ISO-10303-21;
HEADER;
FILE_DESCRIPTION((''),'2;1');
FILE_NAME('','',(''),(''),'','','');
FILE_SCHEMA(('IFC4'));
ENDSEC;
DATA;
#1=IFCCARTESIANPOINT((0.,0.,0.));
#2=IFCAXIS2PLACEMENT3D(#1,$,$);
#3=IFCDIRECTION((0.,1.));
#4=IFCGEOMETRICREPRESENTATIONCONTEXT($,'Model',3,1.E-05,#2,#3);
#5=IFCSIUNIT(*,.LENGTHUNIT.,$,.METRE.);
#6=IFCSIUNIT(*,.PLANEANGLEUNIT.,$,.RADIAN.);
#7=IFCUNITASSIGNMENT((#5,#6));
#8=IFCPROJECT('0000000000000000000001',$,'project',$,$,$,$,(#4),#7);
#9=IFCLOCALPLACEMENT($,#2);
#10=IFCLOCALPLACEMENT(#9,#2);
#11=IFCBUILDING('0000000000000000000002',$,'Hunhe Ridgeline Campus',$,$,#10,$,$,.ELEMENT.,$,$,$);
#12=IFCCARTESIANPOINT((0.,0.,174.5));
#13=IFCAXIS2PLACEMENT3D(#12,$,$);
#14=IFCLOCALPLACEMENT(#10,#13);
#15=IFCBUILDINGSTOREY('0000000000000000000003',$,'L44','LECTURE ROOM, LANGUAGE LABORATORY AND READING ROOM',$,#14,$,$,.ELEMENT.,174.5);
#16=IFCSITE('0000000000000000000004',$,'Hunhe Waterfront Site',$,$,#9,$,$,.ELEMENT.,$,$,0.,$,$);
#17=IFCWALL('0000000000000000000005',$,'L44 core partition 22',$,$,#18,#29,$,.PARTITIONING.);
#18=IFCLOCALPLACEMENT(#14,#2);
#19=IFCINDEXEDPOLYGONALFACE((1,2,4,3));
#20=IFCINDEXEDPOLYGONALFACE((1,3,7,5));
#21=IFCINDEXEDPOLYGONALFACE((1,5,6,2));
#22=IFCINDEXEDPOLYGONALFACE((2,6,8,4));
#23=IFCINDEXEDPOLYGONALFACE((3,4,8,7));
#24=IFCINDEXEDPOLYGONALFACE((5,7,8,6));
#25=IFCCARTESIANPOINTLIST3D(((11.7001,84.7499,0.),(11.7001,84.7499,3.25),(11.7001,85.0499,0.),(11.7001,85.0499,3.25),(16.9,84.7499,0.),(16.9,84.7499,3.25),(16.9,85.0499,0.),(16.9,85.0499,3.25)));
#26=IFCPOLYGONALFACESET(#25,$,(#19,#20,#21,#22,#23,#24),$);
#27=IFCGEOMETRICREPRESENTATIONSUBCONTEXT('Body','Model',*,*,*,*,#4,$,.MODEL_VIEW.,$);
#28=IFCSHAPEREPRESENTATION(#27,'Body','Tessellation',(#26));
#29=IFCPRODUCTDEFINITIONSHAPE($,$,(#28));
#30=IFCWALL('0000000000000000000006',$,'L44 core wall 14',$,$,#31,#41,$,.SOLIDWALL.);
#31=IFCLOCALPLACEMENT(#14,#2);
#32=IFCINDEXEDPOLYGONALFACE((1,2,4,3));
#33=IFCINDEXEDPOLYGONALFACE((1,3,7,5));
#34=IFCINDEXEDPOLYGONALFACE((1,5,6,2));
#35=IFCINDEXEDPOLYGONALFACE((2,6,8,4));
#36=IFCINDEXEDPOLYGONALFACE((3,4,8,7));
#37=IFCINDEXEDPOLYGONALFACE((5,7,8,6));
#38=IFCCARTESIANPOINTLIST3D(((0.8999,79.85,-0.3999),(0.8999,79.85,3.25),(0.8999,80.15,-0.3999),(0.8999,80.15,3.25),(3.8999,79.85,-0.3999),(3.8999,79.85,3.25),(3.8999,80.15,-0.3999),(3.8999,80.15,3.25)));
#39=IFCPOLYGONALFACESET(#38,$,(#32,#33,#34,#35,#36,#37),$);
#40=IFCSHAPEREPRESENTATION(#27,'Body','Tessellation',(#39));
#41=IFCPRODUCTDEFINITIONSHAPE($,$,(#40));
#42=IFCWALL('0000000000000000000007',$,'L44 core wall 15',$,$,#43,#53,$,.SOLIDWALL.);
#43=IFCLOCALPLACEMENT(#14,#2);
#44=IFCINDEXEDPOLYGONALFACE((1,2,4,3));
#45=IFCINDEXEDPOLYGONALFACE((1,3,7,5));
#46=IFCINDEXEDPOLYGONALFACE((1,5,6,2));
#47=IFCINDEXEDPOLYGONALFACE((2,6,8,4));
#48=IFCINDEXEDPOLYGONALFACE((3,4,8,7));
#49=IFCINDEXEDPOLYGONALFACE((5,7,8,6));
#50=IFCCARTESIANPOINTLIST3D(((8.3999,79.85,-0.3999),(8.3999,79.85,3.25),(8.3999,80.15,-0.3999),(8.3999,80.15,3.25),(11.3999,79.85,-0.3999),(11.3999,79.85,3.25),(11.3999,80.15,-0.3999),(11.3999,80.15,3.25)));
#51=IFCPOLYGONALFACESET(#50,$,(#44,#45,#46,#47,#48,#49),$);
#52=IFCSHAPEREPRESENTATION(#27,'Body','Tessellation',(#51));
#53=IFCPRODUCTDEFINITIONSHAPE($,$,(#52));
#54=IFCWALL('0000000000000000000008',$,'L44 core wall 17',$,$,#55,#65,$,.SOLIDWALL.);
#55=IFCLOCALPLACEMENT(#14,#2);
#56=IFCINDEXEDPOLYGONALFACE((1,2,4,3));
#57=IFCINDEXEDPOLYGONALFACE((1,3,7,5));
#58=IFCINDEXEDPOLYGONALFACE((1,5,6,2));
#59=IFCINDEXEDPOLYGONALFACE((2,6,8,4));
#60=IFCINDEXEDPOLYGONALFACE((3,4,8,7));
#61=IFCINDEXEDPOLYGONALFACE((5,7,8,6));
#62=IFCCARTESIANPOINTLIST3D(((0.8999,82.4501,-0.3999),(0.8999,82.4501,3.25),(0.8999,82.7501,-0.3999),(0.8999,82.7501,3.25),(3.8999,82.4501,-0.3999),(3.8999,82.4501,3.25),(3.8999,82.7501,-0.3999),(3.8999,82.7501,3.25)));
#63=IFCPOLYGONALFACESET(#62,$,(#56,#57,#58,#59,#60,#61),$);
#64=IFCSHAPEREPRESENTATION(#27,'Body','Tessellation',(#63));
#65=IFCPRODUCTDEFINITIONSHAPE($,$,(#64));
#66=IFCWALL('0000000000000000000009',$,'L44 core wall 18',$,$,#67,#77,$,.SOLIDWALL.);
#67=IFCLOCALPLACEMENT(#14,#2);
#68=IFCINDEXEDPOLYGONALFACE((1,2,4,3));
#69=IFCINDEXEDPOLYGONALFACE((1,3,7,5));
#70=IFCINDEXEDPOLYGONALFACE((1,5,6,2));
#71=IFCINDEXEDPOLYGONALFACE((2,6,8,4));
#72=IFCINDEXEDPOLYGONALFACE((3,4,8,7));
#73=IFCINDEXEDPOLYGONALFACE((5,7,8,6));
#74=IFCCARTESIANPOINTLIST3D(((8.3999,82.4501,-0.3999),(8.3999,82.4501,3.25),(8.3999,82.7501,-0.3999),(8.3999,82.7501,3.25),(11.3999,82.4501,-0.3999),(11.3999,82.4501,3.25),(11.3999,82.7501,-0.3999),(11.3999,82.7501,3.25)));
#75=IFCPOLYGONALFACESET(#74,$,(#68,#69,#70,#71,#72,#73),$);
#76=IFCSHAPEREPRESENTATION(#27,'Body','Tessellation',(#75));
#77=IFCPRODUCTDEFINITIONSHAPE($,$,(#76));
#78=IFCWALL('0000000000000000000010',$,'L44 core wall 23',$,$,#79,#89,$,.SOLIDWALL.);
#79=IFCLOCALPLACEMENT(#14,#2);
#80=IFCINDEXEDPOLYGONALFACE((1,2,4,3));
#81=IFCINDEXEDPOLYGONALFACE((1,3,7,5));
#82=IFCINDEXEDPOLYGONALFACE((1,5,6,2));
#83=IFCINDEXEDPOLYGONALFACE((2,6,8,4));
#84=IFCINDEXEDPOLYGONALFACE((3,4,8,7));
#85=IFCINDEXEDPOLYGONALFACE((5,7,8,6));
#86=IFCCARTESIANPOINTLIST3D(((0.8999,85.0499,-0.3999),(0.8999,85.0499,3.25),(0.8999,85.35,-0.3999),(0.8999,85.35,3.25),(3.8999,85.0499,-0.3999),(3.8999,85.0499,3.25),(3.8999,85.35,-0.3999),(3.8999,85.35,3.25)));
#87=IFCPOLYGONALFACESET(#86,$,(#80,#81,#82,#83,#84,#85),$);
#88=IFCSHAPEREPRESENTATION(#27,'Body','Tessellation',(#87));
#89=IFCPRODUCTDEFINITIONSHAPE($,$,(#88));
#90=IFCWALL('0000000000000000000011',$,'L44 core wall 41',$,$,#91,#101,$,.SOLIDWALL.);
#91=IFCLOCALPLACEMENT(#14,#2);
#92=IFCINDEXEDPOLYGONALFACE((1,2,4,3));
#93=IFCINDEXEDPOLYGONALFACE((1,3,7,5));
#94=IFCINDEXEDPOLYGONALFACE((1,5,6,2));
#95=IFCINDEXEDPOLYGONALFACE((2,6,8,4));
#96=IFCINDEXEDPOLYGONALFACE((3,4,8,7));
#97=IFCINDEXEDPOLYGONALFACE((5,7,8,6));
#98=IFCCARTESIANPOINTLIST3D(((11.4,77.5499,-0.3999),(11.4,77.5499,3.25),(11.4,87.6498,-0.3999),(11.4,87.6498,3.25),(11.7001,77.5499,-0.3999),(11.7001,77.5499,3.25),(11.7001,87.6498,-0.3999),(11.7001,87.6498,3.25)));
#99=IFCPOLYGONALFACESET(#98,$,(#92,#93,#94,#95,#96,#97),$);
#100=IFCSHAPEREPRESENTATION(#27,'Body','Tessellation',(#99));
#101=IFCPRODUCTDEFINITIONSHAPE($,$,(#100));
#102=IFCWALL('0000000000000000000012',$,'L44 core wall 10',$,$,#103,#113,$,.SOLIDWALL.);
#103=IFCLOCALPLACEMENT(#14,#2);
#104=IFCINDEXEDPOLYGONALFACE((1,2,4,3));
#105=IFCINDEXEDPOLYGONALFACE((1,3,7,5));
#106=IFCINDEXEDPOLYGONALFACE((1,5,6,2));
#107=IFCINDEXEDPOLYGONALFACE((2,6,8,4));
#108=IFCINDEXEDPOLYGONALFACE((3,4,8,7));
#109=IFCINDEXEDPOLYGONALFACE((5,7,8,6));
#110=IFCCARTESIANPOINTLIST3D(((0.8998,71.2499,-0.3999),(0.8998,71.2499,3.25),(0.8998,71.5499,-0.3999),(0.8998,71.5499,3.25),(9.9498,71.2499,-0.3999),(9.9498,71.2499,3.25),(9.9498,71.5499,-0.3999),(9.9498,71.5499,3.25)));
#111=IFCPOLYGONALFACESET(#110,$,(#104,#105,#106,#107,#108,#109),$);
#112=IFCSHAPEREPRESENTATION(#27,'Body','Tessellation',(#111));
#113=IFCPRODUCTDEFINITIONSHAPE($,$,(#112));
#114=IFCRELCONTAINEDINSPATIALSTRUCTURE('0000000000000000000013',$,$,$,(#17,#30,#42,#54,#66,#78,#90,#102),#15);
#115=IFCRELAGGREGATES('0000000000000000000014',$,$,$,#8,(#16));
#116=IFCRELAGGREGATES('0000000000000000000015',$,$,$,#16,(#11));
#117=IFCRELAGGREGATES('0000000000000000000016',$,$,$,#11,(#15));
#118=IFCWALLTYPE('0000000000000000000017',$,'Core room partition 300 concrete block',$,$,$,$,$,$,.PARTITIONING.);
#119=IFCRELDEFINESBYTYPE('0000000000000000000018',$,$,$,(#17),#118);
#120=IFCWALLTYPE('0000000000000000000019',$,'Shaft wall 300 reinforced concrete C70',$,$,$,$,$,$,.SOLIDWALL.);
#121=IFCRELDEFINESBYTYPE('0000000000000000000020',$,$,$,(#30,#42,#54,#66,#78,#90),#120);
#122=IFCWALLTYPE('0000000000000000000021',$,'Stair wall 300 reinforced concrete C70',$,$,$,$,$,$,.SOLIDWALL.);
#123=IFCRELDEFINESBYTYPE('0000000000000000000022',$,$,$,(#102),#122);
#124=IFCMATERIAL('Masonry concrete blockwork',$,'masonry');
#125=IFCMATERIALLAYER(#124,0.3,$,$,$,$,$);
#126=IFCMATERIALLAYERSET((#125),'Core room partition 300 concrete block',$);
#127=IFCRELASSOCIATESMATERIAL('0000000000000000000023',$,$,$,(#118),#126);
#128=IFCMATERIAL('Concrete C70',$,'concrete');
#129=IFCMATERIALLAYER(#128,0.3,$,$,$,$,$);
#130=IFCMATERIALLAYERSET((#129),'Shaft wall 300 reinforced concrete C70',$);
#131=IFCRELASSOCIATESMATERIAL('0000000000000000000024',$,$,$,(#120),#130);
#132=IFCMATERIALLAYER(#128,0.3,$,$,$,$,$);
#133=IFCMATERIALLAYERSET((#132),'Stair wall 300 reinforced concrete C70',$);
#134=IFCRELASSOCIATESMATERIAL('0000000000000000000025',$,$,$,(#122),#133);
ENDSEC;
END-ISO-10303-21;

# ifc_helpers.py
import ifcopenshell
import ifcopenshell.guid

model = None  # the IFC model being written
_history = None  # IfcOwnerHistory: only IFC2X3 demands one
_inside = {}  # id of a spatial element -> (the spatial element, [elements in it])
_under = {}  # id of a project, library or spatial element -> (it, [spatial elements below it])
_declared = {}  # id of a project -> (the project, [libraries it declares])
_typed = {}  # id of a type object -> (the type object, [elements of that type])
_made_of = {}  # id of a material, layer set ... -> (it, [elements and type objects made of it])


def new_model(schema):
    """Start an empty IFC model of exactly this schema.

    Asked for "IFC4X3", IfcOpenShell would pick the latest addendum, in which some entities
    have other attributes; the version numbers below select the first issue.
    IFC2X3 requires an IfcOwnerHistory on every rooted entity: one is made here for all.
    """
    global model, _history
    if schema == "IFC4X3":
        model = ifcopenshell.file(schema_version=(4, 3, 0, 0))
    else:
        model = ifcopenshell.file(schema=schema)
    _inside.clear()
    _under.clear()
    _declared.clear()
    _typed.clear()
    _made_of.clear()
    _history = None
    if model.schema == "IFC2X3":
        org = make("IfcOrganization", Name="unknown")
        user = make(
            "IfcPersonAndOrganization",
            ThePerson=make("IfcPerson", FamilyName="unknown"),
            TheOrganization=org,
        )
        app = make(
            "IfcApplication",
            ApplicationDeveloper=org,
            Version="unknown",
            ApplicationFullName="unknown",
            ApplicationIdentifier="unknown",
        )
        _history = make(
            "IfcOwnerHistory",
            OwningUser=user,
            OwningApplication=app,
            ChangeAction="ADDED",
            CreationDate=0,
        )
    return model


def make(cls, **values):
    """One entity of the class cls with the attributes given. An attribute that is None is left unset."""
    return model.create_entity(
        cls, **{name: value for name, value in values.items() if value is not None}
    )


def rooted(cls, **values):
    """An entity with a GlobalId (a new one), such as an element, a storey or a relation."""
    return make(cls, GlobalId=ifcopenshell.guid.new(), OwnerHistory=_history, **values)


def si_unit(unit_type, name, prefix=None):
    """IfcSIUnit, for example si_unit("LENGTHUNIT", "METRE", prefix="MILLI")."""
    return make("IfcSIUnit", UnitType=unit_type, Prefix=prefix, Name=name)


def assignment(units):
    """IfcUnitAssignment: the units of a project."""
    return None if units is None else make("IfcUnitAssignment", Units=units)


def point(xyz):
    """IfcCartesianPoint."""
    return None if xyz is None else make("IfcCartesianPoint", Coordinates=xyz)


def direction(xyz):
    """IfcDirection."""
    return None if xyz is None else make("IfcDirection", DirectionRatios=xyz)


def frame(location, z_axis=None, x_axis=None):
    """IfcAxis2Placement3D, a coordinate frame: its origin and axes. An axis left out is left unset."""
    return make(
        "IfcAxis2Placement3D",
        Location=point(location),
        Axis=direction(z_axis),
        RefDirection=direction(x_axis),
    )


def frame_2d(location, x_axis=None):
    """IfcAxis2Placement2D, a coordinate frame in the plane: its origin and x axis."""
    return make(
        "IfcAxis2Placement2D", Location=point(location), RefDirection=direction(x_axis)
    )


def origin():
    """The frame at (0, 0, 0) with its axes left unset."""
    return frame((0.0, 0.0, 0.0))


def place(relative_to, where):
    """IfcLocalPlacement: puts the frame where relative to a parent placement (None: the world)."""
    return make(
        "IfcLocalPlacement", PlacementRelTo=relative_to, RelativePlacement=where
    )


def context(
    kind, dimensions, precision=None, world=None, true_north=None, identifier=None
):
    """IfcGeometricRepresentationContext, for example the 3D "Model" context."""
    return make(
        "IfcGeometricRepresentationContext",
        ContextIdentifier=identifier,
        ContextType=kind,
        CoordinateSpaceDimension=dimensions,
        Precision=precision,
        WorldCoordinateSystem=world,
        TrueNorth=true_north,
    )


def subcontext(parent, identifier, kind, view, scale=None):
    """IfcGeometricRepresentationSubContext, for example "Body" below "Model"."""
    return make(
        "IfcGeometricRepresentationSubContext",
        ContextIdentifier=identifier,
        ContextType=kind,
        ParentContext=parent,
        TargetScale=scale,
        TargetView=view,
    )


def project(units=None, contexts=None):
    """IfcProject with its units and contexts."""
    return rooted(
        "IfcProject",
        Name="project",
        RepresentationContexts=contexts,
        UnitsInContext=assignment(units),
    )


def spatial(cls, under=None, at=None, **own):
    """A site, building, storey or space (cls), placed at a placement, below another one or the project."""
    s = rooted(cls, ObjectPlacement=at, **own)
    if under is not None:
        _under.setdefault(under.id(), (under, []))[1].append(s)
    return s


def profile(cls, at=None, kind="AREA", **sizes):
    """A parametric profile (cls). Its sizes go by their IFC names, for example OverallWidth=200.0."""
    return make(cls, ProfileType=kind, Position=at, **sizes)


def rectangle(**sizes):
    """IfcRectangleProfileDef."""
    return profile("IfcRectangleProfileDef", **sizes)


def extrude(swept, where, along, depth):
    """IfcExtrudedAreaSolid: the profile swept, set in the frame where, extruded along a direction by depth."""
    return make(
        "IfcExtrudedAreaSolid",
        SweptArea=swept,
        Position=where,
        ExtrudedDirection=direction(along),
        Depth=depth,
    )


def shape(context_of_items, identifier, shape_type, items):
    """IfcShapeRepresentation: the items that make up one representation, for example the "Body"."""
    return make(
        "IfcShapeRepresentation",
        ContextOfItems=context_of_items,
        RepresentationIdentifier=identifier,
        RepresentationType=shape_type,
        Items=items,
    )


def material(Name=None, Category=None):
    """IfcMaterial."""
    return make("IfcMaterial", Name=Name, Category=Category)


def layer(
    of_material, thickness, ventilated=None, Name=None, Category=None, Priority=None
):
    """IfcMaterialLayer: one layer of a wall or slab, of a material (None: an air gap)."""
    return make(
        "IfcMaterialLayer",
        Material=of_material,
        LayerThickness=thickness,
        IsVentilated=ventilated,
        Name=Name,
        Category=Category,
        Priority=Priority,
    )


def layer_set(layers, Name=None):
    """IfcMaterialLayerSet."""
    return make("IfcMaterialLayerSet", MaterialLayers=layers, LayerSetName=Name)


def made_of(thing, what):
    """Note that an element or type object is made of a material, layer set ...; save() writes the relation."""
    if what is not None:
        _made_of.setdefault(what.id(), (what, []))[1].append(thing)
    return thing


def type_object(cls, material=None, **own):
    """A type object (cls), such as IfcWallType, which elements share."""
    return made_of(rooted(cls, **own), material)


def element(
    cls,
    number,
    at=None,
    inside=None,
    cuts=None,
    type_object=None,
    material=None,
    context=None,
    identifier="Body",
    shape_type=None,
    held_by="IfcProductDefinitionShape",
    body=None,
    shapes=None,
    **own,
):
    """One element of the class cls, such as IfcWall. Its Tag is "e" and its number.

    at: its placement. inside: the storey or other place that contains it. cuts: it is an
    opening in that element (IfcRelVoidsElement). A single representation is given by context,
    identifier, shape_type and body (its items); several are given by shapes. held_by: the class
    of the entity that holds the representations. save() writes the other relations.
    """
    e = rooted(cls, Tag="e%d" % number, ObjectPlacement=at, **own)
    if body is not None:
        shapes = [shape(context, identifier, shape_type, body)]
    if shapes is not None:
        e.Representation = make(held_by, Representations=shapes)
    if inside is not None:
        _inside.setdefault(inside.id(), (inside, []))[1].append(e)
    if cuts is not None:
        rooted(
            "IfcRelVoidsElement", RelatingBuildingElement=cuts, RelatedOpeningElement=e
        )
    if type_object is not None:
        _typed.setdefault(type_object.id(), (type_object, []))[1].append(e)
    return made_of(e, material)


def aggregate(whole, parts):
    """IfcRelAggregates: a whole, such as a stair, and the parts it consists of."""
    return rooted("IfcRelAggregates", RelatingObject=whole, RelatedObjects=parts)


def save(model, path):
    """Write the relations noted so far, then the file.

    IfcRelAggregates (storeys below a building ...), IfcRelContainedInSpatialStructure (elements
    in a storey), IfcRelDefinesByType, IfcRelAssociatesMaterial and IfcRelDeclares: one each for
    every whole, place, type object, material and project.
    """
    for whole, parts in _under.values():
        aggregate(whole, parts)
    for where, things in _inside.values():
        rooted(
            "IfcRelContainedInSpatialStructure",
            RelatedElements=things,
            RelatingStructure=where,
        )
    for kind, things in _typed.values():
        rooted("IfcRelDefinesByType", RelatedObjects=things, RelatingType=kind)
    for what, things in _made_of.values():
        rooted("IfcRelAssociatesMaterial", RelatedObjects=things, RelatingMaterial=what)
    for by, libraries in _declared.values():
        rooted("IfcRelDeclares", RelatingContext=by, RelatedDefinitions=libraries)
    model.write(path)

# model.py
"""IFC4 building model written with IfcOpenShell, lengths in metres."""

from ifc_helpers import new_model, si_unit, direction, frame, frame_2d, origin, place, context, subcontext, project, spatial, rectangle, extrude, material, layer, layer_set, type_object, element, save


model = new_model("IFC4")

# Units and contexts
model_context = context("Model", 3, precision=1e-05, world=origin(), true_north=direction((0.0, 1.0)))
body_context = subcontext(model_context, "Body", "Model", "MODEL_VIEW")
ifc_project = project(units=[si_unit("LENGTHUNIT", "METRE"), si_unit("PLANEANGLEUNIT", "RADIAN")], contexts=[model_context])

# Site, building, storey
site_placement = place(None, origin())
site = spatial("IfcSite", under=ifc_project, at=site_placement, Name="Hunhe Waterfront Site", CompositionType="ELEMENT", RefElevation=0.0)
building_placement = place(site_placement, origin())
building = spatial("IfcBuilding", under=site, at=building_placement, Name="Hunhe Ridgeline Campus", CompositionType="ELEMENT")
storey_placement = place(building_placement, frame((0.0, 0.0, 174.5)))
storey = spatial("IfcBuildingStorey", under=building, at=storey_placement, Name="L44", Description="LECTURE ROOM, LANGUAGE LABORATORY AND READING ROOM", CompositionType="ELEMENT", Elevation=174.5)

# Shared definitions
ifc_material_1 = material(Name="Masonry concrete blockwork", Category="masonry")
ifc_layer_1 = layer(ifc_material_1, 0.3)
ifc_layer_set_1 = layer_set([ifc_layer_1], Name="Core room partition 300 concrete block")
wall_type_1 = type_object("IfcWallType", Name="Core room partition 300 concrete block", PredefinedType="PARTITIONING", material=ifc_layer_set_1)

# Wall
wall_1_placement = place(storey_placement, frame((11.7, 84.8999, 0.0), z_axis=(0.0, 0.0, 1.0), x_axis=(1.0, 0.0, 0.0)))
element("IfcWall", 1, at=wall_1_placement, inside=storey, type_object=wall_type_1, Name="L44 core partition 22", PredefinedType="PARTITIONING", context=body_context, shape_type="SweptSolid", body=[
    extrude(rectangle(XDim=5.2, YDim=0.3, at=frame_2d((2.6001, 0.0))), origin(), (0.0, 0.0, 1.0), 3.25),
])

# Shared definitions
ifc_material_2 = material(Name="Concrete C70", Category="concrete")
ifc_layer_2 = layer(ifc_material_2, 0.3)
ifc_layer_set_2 = layer_set([ifc_layer_2], Name="Shaft wall 300 reinforced concrete C70")
wall_type_2 = type_object("IfcWallType", Name="Shaft wall 300 reinforced concrete C70", PredefinedType="SOLIDWALL", material=ifc_layer_set_2)

# Walls
for number, where, z_axis, x_axis, name in (
    (2, (0.8999, 80.0, -0.3999), (0.0, 0.0, 1.0), (1.0, 0.0, 0.0), "L44 core wall 14"),
    (3, (8.3999, 80.0, -0.3999), (0.0, 0.0, 1.0), (1.0, 0.0, 0.0), "L44 core wall 15"),
    (4, (0.8999, 82.6001, -0.3999), (0.0, 0.0, 1.0), (1.0, 0.0, 0.0), "L44 core wall 17"),
    (5, (8.3999, 82.6001, -0.3999), (0.0, 0.0, 1.0), (1.0, 0.0, 0.0), "L44 core wall 18"),
    (6, (0.8999, 85.2, -0.3999), (0.0, 0.0, 1.0), (1.0, 0.0, 0.0), "L44 core wall 23"),
):
    element("IfcWall", number, at=place(storey_placement, frame(where, z_axis=z_axis, x_axis=x_axis)), inside=storey, type_object=wall_type_2, Name=name, PredefinedType="SOLIDWALL", context=body_context, shape_type="SweptSolid", body=[
        extrude(rectangle(XDim=3.0, YDim=0.3, at=frame_2d((1.5, 0.0))), origin(), (0.0, 0.0, 1.0), 3.6499),
    ])

# Walls
wall_2_placement = place(storey_placement, frame((11.55, 77.55, -0.3999), z_axis=(0.0, 0.0, 1.0), x_axis=(0.0, 1.0, 0.0)))
element("IfcWall", 7, at=wall_2_placement, inside=storey, type_object=wall_type_2, Name="L44 core wall 41", PredefinedType="SOLIDWALL", context=body_context, shape_type="SweptSolid", body=[
    extrude(rectangle(XDim=10.0999, YDim=0.3, at=frame_2d((5.0498, 0.0))), origin(), (0.0, 0.0, 1.0), 3.6499),
])
ifc_layer_3 = layer(ifc_material_2, 0.3)
ifc_layer_set_3 = layer_set([ifc_layer_3], Name="Stair wall 300 reinforced concrete C70")
wall_type_3 = type_object("IfcWallType", Name="Stair wall 300 reinforced concrete C70", PredefinedType="SOLIDWALL", material=ifc_layer_set_3)
wall_3_placement = place(storey_placement, frame((0.8999, 71.3999, -0.3999), z_axis=(0.0, 0.0, 1.0), x_axis=(1.0, 0.0, 0.0)))
element("IfcWall", 8, at=wall_3_placement, inside=storey, type_object=wall_type_3, Name="L44 core wall 10", PredefinedType="SOLIDWALL", context=body_context, shape_type="SweptSolid", body=[
    extrude(rectangle(XDim=9.05, YDim=0.3, at=frame_2d((4.5249, 0.0))), origin(), (0.0, 0.0, 1.0), 3.6499),
])

save(model, "model.ifc")
